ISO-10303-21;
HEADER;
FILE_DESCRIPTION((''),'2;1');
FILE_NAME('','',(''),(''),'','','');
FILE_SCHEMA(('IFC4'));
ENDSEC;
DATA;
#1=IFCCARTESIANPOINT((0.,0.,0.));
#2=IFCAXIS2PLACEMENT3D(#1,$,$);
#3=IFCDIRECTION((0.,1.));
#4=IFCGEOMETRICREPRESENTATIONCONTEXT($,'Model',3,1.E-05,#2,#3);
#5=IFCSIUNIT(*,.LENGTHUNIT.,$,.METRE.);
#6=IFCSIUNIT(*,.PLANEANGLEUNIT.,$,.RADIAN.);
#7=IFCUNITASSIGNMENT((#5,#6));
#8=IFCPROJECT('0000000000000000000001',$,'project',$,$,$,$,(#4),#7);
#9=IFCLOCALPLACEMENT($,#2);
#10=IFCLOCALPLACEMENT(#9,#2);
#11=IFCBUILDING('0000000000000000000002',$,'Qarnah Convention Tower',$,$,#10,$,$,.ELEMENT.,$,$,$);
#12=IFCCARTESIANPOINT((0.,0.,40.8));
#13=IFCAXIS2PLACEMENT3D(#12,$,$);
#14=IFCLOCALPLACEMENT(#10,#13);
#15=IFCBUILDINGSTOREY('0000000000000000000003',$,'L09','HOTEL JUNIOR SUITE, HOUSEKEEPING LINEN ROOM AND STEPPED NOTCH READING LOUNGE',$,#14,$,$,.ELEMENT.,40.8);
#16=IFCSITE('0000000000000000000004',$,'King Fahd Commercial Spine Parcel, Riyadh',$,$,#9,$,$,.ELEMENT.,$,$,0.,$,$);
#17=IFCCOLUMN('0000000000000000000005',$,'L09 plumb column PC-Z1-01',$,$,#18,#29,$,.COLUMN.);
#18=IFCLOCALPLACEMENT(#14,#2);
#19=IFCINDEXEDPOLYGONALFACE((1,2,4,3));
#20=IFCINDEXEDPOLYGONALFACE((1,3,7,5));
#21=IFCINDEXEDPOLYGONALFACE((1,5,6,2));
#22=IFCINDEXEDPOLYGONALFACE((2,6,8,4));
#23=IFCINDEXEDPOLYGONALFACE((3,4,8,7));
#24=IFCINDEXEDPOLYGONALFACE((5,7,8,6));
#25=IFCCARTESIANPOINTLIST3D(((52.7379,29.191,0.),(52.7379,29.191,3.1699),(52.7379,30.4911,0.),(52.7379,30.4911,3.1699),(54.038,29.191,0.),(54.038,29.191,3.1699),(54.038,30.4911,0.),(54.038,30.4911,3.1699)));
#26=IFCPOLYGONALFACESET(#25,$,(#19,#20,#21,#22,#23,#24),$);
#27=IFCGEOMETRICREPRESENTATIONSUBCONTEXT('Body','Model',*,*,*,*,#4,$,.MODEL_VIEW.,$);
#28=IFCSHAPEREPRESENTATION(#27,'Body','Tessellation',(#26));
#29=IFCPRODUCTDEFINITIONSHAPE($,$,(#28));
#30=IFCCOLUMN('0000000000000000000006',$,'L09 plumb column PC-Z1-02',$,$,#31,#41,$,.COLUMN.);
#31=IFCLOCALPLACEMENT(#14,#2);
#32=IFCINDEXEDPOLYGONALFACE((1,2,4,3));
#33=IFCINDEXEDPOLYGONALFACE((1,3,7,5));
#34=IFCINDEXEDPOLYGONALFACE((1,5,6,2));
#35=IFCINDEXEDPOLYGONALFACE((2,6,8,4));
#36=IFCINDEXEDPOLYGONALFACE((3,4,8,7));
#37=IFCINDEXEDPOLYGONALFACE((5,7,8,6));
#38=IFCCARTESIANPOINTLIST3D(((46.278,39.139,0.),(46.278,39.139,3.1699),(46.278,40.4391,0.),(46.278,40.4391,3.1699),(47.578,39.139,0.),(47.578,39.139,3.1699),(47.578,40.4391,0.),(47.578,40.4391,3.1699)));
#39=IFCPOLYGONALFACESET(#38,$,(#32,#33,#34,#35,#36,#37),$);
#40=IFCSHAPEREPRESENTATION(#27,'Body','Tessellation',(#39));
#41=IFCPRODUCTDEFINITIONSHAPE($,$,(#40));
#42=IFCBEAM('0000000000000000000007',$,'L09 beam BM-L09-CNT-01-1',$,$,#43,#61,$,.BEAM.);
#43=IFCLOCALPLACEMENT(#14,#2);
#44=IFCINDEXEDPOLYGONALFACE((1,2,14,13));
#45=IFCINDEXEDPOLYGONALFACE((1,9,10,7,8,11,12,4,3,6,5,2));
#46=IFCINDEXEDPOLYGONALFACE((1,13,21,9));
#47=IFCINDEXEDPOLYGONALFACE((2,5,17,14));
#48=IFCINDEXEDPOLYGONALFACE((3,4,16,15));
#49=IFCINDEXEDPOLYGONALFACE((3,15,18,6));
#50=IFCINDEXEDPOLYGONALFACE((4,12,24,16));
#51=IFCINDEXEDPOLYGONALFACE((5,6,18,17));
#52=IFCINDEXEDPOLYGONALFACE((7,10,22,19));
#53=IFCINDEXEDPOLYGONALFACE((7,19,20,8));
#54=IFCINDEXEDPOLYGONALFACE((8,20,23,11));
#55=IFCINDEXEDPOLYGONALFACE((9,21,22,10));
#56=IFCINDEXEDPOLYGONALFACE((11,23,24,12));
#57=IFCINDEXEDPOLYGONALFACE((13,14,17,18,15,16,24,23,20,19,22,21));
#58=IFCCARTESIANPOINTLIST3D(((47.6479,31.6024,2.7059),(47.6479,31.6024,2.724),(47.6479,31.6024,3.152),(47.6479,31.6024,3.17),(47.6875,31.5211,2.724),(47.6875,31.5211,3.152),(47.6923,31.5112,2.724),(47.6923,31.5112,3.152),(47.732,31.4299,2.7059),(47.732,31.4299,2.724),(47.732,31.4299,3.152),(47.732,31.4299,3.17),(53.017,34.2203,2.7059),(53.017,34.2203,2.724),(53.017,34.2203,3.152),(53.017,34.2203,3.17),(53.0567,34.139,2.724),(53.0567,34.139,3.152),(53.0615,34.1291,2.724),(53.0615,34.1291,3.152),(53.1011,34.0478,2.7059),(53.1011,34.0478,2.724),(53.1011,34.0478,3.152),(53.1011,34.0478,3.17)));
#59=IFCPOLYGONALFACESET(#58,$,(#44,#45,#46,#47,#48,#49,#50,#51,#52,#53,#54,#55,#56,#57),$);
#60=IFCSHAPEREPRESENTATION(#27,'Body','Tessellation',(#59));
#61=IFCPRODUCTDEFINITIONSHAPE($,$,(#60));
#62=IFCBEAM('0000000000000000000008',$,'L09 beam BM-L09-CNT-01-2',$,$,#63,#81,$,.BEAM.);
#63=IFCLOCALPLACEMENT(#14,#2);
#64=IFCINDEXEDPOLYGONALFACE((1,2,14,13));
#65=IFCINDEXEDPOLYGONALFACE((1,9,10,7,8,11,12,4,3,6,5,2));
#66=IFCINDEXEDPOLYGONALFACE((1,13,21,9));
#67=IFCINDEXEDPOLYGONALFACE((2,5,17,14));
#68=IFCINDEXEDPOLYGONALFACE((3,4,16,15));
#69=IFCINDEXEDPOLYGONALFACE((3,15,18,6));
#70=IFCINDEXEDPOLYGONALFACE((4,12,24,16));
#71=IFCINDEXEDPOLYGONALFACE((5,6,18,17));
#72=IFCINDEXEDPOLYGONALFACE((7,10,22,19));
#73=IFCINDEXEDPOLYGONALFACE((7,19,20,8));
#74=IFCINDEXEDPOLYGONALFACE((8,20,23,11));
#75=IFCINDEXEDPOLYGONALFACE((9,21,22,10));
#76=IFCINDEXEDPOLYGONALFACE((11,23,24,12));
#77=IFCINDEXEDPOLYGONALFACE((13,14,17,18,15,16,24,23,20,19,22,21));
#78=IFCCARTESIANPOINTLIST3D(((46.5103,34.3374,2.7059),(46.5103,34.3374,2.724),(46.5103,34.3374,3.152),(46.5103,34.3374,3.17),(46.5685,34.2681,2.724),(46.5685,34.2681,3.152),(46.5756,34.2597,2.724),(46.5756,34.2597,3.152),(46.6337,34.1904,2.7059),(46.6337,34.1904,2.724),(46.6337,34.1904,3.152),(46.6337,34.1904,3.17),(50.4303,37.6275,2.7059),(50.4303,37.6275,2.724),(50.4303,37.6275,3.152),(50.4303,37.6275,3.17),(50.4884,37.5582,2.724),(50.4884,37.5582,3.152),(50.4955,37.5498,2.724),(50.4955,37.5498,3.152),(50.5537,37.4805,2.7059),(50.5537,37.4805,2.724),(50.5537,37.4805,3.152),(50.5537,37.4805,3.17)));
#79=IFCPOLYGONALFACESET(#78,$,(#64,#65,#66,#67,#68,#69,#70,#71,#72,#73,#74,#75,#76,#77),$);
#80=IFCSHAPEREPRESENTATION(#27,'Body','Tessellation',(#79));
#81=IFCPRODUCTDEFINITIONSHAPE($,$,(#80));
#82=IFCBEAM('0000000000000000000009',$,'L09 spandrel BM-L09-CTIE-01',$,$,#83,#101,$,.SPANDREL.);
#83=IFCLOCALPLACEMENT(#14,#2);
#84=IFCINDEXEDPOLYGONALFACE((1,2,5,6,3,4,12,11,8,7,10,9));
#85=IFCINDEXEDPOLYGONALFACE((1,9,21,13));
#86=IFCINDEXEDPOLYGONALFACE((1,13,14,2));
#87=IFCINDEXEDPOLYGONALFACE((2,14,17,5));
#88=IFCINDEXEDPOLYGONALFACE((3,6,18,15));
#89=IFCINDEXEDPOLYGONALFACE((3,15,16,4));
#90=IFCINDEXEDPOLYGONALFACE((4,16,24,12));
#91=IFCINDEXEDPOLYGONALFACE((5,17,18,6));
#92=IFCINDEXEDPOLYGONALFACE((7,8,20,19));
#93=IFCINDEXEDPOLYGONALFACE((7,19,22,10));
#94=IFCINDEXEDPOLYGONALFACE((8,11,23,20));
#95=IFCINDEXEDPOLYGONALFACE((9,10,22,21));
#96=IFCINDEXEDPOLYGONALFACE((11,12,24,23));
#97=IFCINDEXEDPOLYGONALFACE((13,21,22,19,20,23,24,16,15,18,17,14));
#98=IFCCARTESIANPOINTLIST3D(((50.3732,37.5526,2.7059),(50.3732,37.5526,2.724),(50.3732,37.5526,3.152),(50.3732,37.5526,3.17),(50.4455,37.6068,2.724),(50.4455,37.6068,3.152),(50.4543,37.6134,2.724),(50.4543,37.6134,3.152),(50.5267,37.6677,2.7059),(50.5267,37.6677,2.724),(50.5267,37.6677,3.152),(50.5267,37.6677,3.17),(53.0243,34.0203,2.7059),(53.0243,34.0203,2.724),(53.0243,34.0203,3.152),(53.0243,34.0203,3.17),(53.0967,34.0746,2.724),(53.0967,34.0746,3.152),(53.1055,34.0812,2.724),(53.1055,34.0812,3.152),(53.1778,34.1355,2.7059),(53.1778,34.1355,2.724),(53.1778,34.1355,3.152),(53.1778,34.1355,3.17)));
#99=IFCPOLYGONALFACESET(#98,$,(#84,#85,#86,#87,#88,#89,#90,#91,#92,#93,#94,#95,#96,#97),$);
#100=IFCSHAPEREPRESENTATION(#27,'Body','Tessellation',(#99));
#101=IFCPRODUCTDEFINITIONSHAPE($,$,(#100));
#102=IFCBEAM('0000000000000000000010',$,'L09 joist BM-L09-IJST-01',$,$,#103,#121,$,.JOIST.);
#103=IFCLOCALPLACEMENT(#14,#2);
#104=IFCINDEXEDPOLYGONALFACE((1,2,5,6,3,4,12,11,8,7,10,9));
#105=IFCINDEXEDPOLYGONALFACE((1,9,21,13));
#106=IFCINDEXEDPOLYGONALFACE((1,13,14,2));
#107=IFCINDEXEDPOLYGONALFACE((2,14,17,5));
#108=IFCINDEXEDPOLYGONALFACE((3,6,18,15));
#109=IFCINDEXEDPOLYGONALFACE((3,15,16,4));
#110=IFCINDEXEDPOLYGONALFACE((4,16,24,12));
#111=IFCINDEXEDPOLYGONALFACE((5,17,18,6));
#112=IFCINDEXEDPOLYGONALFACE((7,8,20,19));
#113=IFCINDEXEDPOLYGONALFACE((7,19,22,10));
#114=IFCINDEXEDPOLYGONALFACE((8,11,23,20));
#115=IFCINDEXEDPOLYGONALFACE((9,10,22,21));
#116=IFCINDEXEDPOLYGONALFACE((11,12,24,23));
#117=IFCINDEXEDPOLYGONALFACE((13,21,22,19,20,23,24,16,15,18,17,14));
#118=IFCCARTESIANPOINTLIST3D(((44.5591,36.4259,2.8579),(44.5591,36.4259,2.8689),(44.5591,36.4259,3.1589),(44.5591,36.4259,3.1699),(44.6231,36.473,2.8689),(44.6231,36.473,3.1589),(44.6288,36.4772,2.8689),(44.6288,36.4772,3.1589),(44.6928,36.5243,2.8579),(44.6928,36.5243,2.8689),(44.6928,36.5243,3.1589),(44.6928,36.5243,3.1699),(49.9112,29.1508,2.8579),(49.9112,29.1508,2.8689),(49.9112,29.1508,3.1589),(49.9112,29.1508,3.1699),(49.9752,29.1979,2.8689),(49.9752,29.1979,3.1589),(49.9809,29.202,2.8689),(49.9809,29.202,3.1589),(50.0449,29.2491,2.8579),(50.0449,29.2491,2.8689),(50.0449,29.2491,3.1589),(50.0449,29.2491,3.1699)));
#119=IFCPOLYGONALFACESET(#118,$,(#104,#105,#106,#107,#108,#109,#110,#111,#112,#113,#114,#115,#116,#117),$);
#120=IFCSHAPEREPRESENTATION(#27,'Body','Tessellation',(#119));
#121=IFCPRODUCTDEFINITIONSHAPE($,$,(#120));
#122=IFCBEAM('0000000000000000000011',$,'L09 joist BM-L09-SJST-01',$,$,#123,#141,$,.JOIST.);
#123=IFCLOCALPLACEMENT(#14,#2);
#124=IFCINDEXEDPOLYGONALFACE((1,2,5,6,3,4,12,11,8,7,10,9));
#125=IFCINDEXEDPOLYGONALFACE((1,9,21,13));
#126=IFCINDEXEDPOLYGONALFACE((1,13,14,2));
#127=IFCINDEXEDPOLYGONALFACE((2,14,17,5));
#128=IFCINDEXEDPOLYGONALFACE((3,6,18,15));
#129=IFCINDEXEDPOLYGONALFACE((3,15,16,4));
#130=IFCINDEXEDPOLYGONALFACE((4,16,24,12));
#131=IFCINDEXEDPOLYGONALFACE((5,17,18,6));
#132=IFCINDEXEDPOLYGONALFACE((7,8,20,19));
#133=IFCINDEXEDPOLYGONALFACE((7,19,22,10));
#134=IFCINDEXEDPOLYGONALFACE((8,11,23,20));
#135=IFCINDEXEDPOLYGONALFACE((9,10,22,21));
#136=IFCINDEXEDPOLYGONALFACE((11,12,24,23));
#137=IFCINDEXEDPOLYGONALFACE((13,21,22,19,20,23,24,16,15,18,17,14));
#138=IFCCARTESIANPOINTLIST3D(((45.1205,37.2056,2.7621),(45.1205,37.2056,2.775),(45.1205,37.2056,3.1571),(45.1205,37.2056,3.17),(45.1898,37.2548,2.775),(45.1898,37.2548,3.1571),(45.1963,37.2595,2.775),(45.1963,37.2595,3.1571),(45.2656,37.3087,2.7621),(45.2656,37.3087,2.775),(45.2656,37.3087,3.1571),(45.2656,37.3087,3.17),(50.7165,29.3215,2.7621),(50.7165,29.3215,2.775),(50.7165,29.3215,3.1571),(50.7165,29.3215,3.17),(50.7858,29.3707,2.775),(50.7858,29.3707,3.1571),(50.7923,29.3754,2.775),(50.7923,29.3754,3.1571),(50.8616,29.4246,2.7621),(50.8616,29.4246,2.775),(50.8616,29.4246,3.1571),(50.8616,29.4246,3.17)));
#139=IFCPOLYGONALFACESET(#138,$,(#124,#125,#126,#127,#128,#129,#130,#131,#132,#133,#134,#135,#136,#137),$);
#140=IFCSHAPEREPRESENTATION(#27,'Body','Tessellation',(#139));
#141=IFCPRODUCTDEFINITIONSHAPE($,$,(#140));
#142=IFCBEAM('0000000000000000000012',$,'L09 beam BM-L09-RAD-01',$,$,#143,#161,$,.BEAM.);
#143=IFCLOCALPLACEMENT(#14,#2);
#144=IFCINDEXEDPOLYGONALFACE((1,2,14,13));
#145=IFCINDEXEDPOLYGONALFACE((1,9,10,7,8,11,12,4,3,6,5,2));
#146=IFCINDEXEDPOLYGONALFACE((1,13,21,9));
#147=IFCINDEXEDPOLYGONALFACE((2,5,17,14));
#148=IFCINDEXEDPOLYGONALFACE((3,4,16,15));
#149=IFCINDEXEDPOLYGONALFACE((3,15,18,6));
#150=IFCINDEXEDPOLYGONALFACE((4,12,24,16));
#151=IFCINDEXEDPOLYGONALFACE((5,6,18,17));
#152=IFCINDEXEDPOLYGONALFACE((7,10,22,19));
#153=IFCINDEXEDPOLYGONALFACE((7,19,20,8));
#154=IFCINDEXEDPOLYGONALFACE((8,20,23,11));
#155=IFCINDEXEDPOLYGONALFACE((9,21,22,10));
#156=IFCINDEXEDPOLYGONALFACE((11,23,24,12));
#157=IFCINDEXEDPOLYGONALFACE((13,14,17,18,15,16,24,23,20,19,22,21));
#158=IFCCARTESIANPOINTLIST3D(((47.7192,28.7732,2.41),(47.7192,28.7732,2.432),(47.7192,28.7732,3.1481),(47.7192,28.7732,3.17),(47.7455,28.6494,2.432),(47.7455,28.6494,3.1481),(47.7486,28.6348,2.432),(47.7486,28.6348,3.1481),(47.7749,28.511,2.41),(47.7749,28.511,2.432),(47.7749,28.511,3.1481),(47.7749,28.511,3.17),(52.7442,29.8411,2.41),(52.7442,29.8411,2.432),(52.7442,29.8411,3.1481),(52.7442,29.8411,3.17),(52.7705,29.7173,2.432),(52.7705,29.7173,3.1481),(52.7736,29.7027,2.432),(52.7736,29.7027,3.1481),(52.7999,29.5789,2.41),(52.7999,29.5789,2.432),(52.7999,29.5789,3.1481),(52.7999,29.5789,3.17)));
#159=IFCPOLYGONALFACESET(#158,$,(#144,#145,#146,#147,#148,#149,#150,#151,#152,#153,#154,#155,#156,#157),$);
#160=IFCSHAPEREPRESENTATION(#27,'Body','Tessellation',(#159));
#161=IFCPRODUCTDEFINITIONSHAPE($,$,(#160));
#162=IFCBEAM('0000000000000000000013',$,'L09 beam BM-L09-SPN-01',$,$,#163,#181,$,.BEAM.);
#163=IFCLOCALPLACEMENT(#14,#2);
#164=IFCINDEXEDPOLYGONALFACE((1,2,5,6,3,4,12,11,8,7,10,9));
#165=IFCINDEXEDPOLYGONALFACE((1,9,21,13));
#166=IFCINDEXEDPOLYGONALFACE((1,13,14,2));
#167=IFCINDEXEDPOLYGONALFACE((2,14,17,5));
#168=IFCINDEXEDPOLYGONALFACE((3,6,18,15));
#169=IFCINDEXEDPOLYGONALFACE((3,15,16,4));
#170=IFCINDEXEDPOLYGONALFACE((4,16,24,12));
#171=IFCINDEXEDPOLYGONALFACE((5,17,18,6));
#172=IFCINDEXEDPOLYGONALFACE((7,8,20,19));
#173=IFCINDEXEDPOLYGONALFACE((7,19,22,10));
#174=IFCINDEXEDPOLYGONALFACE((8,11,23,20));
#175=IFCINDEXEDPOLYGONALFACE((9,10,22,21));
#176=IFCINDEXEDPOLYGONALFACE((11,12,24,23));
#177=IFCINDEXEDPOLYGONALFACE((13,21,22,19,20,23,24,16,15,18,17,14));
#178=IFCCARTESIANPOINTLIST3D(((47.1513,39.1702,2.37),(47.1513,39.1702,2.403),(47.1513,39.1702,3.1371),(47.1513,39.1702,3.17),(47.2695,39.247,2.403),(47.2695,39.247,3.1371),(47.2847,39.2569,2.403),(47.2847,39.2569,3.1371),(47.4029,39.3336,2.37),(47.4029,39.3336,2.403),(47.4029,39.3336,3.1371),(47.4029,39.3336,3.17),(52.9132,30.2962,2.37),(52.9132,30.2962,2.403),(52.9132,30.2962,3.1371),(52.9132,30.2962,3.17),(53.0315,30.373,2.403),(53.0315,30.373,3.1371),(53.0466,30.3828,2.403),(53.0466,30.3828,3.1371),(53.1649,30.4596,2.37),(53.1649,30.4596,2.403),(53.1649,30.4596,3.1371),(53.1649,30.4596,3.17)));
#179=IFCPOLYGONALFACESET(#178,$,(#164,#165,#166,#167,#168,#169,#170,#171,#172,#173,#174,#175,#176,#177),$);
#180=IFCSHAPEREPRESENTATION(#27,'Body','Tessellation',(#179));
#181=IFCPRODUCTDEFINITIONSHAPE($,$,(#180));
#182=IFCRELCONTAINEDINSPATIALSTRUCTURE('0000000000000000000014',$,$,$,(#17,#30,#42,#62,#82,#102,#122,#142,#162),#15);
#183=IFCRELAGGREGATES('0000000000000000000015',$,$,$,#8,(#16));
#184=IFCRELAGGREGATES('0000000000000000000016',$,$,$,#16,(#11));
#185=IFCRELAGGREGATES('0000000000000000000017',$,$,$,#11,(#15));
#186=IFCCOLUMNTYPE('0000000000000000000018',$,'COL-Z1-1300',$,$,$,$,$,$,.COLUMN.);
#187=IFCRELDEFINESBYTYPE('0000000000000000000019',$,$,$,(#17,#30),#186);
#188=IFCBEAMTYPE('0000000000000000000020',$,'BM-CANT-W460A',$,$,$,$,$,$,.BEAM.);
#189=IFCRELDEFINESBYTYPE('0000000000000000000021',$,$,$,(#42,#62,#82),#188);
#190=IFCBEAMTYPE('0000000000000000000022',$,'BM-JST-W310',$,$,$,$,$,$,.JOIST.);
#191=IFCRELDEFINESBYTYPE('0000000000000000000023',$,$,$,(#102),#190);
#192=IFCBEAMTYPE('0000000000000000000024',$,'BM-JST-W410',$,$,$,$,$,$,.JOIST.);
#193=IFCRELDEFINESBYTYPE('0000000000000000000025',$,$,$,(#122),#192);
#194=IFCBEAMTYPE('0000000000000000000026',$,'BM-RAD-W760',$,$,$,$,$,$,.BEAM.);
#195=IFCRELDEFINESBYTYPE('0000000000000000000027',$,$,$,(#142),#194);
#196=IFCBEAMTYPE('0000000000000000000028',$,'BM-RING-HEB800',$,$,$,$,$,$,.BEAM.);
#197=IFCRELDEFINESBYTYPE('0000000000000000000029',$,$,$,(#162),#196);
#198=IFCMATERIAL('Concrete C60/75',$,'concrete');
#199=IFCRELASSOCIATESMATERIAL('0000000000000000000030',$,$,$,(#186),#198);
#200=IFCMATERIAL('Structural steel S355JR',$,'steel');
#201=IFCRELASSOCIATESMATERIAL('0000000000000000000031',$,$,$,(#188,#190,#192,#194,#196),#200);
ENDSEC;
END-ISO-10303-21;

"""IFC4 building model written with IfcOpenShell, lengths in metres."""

from ifc_helpers import new_model, si_unit, direction, frame, origin, origin_2d, place, context, subcontext, project, spatial, rectangle, i_section, extrude, material, material_profile, profile_set, type_object, element, save


model = new_model("IFC4")

# Units and contexts
model_context = context("Model", 3, precision=1e-05, world=origin(), true_north=direction((0.0, 1.0)))
body_context = subcontext(model_context, "Body", "Model", "MODEL_VIEW")
ifc_project = project(units=[si_unit("LENGTHUNIT", "METRE"), si_unit("PLANEANGLEUNIT", "RADIAN")], contexts=[model_context])

# Site, building, storey
site_placement = place(None, origin())
site = spatial("IfcSite", under=ifc_project, at=site_placement, Name="King Fahd Commercial Spine Parcel, Riyadh", CompositionType="ELEMENT", RefElevation=0.0)
building_placement = place(site_placement, origin())
building = spatial("IfcBuilding", under=site, at=building_placement, Name="Qarnah Convention Tower", CompositionType="ELEMENT")
storey_placement = place(building_placement, frame((0.0, 0.0, 40.8)))
storey = spatial("IfcBuildingStorey", under=building, at=storey_placement, Name="L09", Description="HOTEL JUNIOR SUITE, HOUSEKEEPING LINEN ROOM AND STEPPED NOTCH READING LOUNGE", CompositionType="ELEMENT", Elevation=40.8)

# Columns
ifc_material_1 = material(Name="Concrete C60/75", Category="concrete")
ifc_material_profile_1 = material_profile(ifc_material_1, rectangle(XDim=1.3, YDim=1.3, at=origin_2d()), Name="RC-COL-1300X1300")
ifc_profile_set_1 = profile_set([ifc_material_profile_1], Name="Concrete C60/75")
column_type = type_object("IfcColumnType", Name="COL-Z1-1300", PredefinedType="COLUMN", material=ifc_profile_set_1)
for number, where, z_axis, x_axis, name in (
    (1, (53.3879, 29.8411, 0.0), (0.0, 0.0, 1.0), (1.0, 0.0, 0.0), "L09 plumb column PC-Z1-01"),
    (2, (46.928, 39.7891, 0.0), (0.0, 0.0, 1.0), (1.0, 0.0, 0.0), "L09 plumb column PC-Z1-02"),
):
    element("IfcColumn", number, at=place(storey_placement, frame(where, z_axis=z_axis, x_axis=x_axis)), inside=storey, type_object=column_type, Name=name, PredefinedType="COLUMN", context=body_context, shape_type="SweptSolid", body=[
        extrude(rectangle(XDim=1.3, YDim=1.3, at=origin_2d()), origin(), (0.0, 0.0, 1.0), 3.1699),
    ])

# Beams
ifc_material_2 = material(Name="Structural steel S355JR", Category="steel")
ifc_material_profile_2 = material_profile(ifc_material_2, i_section(OverallWidth=0.1919, OverallDepth=0.4641, WebThickness=0.011, FlangeThickness=0.0181, at=origin_2d()), Name="W460X89")
ifc_profile_set_2 = profile_set([ifc_material_profile_2], Name="Structural steel S355JR")
beam_type_1 = type_object("IfcBeamType", Name="BM-CANT-W460A", PredefinedType="BEAM", material=ifc_profile_set_2)
beam_1_placement = place(storey_placement, frame((47.6899, 31.5161, 2.938), z_axis=(0.898846, 0.438265, 0.0), x_axis=(-0.438265, 0.898846, 0.0)))
element("IfcBeam", 3, at=beam_1_placement, inside=storey, type_object=beam_type_1, Name="L09 beam BM-L09-CNT-01-1", PredefinedType="BEAM", context=body_context, shape_type="SweptSolid", body=[
    extrude(i_section(OverallWidth=0.1919, OverallDepth=0.4641, WebThickness=0.011, FlangeThickness=0.0181, at=origin_2d()), origin(), (0.0, 0.0, 1.0), 5.9734),
])
beam_2_placement = place(storey_placement, frame((46.572, 34.2639, 2.938), z_axis=(0.765964, 0.642883, 0.0), x_axis=(-0.642883, 0.765964, 0.0)))
element("IfcBeam", 4, at=beam_2_placement, inside=storey, type_object=beam_type_1, Name="L09 beam BM-L09-CNT-01-2", PredefinedType="BEAM", context=body_context, shape_type="SweptSolid", body=[
    extrude(i_section(OverallWidth=0.1919, OverallDepth=0.4641, WebThickness=0.011, FlangeThickness=0.0181, at=origin_2d()), origin(), (0.0, 0.0, 1.0), 5.1177),
])
beam_3_placement = place(storey_placement, frame((53.1011, 34.0779, 2.938), z_axis=(-0.600283, 0.799788, 0.0), x_axis=(-0.799788, -0.600283, 0.0)))
element("IfcBeam", 5, at=beam_3_placement, inside=storey, type_object=beam_type_1, Name="L09 spandrel BM-L09-CTIE-01", PredefinedType="SPANDREL", context=body_context, shape_type="SweptSolid", body=[
    extrude(i_section(OverallWidth=0.1919, OverallDepth=0.4641, WebThickness=0.011, FlangeThickness=0.0181, at=origin_2d()), origin(), (0.0, 0.0, 1.0), 4.4165),
])
ifc_material_profile_3 = material_profile(ifc_material_2, i_section(OverallWidth=0.166, OverallDepth=0.312, WebThickness=0.0071, FlangeThickness=0.011, at=origin_2d()), Name="W310X45")
ifc_profile_set_3 = profile_set([ifc_material_profile_3], Name="Structural steel S355JR")
beam_type_2 = type_object("IfcBeamType", Name="BM-JST-W310", PredefinedType="JOIST", material=ifc_profile_set_3)
beam_4_placement = place(storey_placement, frame((49.978, 29.2, 3.0139), z_axis=(-0.592583, 0.805509, 0.0), x_axis=(-0.805509, -0.592583, 0.0)))
element("IfcBeam", 6, at=beam_4_placement, inside=storey, type_object=beam_type_2, Name="L09 joist BM-L09-IJST-01", PredefinedType="JOIST", context=body_context, shape_type="SweptSolid", body=[
    extrude(i_section(OverallWidth=0.166, OverallDepth=0.312, WebThickness=0.0071, FlangeThickness=0.011, at=origin_2d()), origin(), (0.0, 0.0, 1.0), 9.0317),
])
ifc_material_profile_4 = material_profile(ifc_material_2, i_section(OverallWidth=0.178, OverallDepth=0.408, WebThickness=0.0081, FlangeThickness=0.0129, at=origin_2d()), Name="W410X60")
ifc_profile_set_4 = profile_set([ifc_material_profile_4], Name="Structural steel S355JR")
beam_type_3 = type_object("IfcBeamType", Name="BM-JST-W410", PredefinedType="JOIST", material=ifc_profile_set_4)
beam_5_placement = place(storey_placement, frame((50.7891, 29.373, 2.9661), z_axis=(-0.578804, 0.815467, 0.0), x_axis=(-0.815467, -0.578804, 0.0)))
element("IfcBeam", 7, at=beam_5_placement, inside=storey, type_object=beam_type_3, Name="L09 joist BM-L09-SJST-01", PredefinedType="JOIST", context=body_context, shape_type="SweptSolid", body=[
    extrude(i_section(OverallWidth=0.178, OverallDepth=0.408, WebThickness=0.0081, FlangeThickness=0.0129, at=origin_2d()), origin(), (0.0, 0.0, 1.0), 9.6682),
])
ifc_material_profile_5 = material_profile(ifc_material_2, i_section(OverallWidth=0.2681, OverallDepth=0.76, WebThickness=0.0149, FlangeThickness=0.022, at=origin_2d()), Name="W760X185")
ifc_profile_set_5 = profile_set([ifc_material_profile_5], Name="Structural steel S355JR")
beam_type_4 = type_object("IfcBeamType", Name="BM-RAD-W760", PredefinedType="BEAM", material=ifc_profile_set_5)
beam_6_placement = place(storey_placement, frame((47.7471, 28.6421, 2.79), z_axis=(0.978156, 0.207874, 0.0), x_axis=(-0.207874, 0.978156, 0.0)))
element("IfcBeam", 8, at=beam_6_placement, inside=storey, type_object=beam_type_4, Name="L09 beam BM-L09-RAD-01", PredefinedType="BEAM", context=body_context, shape_type="SweptSolid", body=[
    extrude(i_section(OverallWidth=0.2681, OverallDepth=0.76, WebThickness=0.0149, FlangeThickness=0.022, at=origin_2d()), origin(), (0.0, 0.0, 1.0), 5.1372),
])
ifc_material_profile_6 = material_profile(ifc_material_2, i_section(OverallWidth=0.3, OverallDepth=0.8, WebThickness=0.0181, FlangeThickness=0.033, at=origin_2d()), Name="HEB800")
ifc_profile_set_6 = profile_set([ifc_material_profile_6], Name="Structural steel S355JR")
beam_type_5 = type_object("IfcBeamType", Name="BM-RING-HEB800", PredefinedType="BEAM", material=ifc_profile_set_6)
beam_7_placement = place(storey_placement, frame((53.0391, 30.3779, 2.77), z_axis=(-0.54458, 0.838709, 0.0), x_axis=(-0.838709, -0.54458, 0.0)))
element("IfcBeam", 9, at=beam_7_placement, inside=storey, type_object=beam_type_5, Name="L09 beam BM-L09-SPN-01", PredefinedType="BEAM", context=body_context, shape_type="SweptSolid", body=[
    extrude(i_section(OverallWidth=0.3, OverallDepth=0.8, WebThickness=0.0181, FlangeThickness=0.033, at=origin_2d()), origin(), (0.0, 0.0, 1.0), 10.5806),
])

save(model, "model.ifc")
